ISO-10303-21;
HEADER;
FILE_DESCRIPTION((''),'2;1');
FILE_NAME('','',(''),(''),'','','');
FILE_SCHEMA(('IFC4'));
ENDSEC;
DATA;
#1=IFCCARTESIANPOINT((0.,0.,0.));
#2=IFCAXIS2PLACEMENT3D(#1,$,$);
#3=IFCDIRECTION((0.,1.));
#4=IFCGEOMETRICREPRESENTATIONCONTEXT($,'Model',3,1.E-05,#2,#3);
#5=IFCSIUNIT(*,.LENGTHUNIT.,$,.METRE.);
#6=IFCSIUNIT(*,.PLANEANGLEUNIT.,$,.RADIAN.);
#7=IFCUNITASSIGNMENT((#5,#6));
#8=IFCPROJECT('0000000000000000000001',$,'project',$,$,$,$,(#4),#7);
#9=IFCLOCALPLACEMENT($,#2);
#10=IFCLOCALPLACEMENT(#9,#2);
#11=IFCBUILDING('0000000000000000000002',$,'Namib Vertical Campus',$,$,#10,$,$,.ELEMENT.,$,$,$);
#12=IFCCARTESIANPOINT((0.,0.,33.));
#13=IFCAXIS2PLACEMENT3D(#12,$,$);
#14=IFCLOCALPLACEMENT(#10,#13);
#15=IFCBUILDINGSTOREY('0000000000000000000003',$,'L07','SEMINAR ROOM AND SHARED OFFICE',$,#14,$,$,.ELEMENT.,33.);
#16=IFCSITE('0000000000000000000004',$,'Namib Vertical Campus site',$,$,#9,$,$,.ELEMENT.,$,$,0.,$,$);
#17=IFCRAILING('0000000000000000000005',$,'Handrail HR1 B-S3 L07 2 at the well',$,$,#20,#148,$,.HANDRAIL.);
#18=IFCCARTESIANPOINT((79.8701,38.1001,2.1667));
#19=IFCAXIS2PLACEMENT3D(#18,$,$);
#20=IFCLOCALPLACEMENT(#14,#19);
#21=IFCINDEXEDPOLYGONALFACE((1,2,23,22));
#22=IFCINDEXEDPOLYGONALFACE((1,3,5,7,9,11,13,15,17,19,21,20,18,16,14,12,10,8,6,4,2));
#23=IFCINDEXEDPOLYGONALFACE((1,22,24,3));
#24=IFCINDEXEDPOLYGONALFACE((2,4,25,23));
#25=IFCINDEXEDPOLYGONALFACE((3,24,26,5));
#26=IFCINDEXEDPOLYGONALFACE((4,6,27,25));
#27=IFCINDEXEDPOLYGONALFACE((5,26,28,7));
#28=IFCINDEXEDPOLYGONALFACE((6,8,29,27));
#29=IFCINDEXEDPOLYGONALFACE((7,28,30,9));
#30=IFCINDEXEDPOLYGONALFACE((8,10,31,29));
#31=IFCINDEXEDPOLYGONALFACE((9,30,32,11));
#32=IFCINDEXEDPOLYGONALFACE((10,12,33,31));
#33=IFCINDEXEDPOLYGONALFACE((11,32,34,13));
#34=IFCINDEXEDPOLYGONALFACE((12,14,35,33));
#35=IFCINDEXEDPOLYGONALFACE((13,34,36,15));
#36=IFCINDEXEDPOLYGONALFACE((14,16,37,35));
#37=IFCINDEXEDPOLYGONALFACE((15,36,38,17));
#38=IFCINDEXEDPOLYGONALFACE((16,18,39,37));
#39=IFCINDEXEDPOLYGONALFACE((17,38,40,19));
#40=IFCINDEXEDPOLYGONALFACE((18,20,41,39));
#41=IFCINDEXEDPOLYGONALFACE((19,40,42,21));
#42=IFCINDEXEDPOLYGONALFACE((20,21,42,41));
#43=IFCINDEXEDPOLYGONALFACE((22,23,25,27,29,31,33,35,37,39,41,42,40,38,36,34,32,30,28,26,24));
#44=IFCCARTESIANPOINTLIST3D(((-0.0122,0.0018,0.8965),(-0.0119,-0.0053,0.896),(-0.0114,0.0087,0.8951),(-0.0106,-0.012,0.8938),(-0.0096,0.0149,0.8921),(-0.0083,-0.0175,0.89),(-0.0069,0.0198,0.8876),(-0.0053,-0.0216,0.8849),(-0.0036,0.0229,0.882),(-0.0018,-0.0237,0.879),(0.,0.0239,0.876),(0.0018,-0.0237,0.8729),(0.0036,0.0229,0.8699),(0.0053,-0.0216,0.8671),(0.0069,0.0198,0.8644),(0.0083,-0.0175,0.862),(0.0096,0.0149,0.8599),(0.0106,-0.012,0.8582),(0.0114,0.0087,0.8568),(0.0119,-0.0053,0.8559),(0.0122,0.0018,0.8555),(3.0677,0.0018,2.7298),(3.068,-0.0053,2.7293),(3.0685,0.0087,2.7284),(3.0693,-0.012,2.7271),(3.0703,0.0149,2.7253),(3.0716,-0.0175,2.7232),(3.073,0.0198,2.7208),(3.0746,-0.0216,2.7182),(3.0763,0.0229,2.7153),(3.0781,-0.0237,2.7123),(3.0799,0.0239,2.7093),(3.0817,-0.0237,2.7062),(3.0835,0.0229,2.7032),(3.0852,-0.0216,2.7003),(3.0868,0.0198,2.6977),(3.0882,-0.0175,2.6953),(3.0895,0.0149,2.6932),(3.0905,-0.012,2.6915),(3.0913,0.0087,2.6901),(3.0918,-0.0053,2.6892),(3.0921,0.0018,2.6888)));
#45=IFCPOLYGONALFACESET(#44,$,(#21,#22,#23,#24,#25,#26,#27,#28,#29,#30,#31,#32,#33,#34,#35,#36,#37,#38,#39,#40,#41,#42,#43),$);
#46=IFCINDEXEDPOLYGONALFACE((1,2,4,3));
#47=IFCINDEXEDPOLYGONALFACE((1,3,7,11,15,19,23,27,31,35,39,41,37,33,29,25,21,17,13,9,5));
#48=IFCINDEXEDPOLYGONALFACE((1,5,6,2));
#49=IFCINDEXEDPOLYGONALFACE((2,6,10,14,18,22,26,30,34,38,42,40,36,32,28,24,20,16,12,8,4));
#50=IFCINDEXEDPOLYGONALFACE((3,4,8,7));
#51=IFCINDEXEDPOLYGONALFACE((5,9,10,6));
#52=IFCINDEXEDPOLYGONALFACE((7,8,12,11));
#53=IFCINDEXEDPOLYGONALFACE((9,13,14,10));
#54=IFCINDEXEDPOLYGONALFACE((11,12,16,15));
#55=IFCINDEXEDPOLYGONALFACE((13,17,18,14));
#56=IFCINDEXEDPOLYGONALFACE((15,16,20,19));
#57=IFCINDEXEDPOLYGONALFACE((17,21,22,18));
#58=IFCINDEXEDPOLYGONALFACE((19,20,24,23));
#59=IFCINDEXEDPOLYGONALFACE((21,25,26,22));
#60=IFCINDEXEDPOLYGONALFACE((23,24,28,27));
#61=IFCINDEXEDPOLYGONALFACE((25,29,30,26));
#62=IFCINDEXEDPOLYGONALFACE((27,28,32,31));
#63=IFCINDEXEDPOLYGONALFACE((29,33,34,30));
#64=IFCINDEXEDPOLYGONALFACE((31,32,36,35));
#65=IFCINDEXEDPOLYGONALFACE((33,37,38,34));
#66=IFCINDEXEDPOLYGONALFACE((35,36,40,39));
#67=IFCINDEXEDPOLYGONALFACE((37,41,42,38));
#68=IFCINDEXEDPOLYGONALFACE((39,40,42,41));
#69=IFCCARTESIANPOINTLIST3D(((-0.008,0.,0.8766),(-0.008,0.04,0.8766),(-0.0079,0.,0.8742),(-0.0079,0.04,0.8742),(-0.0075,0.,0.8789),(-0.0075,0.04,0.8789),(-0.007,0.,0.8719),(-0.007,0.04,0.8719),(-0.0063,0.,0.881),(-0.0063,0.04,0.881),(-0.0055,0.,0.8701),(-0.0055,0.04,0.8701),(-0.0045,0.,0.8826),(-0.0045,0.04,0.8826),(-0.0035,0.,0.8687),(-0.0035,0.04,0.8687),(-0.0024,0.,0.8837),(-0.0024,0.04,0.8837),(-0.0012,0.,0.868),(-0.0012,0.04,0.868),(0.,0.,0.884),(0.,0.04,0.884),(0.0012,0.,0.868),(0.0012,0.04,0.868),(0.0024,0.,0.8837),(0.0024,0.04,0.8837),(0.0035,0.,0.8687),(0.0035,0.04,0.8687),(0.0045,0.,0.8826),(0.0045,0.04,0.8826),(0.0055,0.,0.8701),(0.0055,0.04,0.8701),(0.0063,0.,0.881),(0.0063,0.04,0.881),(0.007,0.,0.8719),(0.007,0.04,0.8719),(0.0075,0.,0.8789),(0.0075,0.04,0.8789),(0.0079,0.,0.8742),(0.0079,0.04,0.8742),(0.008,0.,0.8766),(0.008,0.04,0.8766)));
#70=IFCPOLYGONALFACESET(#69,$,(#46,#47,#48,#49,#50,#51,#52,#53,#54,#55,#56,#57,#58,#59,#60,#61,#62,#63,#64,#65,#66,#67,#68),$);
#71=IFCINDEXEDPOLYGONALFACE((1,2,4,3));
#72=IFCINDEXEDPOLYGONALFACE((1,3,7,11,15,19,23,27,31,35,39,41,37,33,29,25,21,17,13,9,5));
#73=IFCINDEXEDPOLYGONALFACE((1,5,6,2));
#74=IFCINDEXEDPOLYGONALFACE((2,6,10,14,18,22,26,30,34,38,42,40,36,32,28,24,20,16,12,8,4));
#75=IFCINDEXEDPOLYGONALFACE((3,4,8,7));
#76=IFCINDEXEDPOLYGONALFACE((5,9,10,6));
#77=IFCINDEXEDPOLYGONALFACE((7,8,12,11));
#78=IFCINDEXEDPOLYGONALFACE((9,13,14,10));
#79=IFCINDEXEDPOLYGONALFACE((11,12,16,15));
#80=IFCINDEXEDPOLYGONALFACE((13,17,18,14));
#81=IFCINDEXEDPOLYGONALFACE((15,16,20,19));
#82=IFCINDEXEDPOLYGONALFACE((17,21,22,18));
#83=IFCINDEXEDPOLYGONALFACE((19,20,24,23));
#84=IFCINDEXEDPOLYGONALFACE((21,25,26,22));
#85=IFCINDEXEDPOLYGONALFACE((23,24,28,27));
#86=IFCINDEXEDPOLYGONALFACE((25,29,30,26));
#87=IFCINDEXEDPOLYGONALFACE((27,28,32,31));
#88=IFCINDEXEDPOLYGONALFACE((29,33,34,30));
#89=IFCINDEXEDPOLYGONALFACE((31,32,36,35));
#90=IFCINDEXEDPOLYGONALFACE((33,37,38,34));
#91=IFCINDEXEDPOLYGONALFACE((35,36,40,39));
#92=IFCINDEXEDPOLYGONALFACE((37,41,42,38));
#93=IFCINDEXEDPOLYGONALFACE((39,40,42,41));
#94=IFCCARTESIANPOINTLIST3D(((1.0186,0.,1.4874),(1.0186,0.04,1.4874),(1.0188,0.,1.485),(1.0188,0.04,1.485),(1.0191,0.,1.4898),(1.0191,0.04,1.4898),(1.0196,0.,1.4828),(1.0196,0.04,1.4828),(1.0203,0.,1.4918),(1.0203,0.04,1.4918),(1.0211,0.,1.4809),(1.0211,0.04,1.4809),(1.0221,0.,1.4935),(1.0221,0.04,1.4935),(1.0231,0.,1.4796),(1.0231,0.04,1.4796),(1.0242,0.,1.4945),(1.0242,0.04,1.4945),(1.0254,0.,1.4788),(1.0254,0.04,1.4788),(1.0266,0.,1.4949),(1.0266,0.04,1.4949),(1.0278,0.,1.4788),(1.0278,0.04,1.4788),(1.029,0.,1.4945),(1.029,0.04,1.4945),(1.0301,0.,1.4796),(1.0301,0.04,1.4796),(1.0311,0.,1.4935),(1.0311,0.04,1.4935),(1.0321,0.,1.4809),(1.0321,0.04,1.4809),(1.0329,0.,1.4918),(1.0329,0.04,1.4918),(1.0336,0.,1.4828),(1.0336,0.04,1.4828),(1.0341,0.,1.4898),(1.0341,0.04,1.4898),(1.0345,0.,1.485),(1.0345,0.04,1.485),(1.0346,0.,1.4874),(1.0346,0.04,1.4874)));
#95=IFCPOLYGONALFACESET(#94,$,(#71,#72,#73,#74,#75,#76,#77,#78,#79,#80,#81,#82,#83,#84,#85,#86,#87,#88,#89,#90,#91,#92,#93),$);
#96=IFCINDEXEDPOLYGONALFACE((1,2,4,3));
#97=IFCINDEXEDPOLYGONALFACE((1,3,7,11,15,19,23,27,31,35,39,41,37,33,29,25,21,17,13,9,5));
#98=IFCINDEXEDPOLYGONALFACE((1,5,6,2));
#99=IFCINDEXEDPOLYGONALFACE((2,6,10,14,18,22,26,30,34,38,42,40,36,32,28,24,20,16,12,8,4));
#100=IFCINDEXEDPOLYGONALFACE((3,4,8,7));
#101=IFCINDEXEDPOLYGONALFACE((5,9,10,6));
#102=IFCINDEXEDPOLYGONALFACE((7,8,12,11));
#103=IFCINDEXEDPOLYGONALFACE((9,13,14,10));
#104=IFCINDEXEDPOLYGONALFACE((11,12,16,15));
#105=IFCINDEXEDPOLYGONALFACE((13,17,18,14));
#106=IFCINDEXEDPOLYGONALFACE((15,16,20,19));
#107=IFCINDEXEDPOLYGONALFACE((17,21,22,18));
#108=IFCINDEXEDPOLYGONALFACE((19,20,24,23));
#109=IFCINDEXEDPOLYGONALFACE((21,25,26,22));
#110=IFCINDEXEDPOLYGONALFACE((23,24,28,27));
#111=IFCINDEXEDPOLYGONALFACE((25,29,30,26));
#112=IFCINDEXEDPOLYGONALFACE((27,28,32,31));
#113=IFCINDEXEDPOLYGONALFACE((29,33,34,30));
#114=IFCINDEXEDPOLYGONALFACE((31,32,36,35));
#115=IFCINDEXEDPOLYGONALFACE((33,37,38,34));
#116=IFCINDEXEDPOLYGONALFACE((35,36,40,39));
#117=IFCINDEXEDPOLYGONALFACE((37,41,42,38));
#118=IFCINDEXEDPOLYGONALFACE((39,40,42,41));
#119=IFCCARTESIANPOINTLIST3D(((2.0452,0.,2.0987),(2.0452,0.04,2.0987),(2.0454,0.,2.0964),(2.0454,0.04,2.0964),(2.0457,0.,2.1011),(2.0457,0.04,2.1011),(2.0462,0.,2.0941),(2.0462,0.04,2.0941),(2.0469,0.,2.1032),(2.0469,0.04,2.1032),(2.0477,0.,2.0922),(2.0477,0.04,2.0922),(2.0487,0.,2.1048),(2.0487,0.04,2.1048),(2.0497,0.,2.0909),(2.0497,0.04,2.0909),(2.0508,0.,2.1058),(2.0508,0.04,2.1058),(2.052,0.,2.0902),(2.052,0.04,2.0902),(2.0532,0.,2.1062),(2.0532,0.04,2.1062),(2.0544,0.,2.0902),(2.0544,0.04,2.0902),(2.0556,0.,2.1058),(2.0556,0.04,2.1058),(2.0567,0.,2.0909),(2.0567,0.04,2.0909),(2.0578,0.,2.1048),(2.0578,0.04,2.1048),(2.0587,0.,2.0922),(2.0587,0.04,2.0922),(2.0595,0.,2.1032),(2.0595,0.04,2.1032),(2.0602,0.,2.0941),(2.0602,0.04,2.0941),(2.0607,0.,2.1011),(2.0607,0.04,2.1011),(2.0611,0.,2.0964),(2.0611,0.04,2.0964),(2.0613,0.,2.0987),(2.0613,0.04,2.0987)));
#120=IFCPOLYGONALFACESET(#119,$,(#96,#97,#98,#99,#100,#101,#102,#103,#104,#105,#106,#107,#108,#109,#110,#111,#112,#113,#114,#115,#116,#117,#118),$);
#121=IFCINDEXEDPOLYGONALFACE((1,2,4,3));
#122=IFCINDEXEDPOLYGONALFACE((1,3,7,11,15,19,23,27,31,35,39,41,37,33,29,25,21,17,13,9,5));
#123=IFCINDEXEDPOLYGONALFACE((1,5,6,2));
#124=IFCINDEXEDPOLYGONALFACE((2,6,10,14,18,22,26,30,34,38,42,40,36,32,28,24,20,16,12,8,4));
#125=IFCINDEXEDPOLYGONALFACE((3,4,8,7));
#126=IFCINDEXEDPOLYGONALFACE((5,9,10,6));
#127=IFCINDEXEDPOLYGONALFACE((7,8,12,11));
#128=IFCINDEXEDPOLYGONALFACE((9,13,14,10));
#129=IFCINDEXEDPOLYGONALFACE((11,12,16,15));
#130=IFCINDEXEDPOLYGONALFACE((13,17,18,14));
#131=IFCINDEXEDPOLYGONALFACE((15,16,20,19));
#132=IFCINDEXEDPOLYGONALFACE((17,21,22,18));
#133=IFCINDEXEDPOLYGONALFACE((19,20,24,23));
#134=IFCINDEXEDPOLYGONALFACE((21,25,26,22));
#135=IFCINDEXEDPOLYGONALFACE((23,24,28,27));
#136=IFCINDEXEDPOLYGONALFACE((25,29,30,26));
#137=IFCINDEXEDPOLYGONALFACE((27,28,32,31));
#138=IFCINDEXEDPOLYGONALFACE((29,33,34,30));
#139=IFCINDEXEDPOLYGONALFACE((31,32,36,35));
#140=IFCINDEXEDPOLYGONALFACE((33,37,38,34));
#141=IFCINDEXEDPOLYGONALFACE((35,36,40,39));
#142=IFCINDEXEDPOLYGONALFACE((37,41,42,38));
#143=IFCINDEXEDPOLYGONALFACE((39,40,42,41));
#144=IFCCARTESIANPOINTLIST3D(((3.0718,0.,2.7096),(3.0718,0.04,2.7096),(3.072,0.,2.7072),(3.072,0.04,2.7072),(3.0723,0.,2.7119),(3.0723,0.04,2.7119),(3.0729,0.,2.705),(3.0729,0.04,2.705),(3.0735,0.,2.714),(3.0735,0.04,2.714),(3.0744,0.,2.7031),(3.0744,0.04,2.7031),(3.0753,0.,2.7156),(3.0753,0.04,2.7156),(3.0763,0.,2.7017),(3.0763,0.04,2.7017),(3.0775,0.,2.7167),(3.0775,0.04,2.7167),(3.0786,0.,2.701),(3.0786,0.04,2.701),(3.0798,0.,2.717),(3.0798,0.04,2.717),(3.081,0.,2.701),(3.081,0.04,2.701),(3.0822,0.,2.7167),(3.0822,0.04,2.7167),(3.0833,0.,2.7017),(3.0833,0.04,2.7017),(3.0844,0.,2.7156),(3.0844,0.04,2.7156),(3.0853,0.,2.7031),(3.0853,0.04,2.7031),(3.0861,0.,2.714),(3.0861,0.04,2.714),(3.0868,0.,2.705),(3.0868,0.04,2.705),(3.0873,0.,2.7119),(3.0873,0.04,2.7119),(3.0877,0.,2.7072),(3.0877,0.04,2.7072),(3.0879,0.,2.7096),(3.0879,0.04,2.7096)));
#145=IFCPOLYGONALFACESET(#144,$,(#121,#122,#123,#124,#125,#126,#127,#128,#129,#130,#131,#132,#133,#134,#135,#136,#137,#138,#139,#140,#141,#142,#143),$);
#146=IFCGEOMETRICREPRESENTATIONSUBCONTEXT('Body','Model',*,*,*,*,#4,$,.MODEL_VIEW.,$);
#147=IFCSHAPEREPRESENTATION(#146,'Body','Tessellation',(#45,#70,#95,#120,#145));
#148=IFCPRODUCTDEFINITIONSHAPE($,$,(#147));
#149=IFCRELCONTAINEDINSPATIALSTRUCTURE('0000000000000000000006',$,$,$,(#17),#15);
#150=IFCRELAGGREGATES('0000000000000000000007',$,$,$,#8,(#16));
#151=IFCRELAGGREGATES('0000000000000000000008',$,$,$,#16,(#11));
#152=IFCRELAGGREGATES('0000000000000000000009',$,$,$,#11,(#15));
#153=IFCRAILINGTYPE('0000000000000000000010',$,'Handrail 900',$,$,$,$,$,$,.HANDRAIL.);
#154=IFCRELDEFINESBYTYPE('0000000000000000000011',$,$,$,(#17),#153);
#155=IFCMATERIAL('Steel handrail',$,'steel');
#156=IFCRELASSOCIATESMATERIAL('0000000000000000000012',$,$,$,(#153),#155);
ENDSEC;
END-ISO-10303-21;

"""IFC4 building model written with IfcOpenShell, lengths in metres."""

from ifc_helpers import new_model, si_unit, direction, frame, origin, origin_2d, place, context, subcontext, project, spatial, circle, extrude, material, type_object, element, save


model = new_model("IFC4")

# Units and contexts
model_context = context("Model", 3, precision=1e-05, world=origin(), true_north=direction((0.0, 1.0)))
body_context = subcontext(model_context, "Body", "Model", "MODEL_VIEW")
ifc_project = project(units=[si_unit("LENGTHUNIT", "METRE"), si_unit("PLANEANGLEUNIT", "RADIAN")], contexts=[model_context])

# Site, building, storey
site_placement = place(None, origin())
site = spatial("IfcSite", under=ifc_project, at=site_placement, Name="Namib Vertical Campus site", CompositionType="ELEMENT", RefElevation=0.0)
building_placement = place(site_placement, origin())
building = spatial("IfcBuilding", under=site, at=building_placement, Name="Namib Vertical Campus", CompositionType="ELEMENT")
storey_placement = place(building_placement, frame((0.0, 0.0, 33.0)))
storey = spatial("IfcBuildingStorey", under=building, at=storey_placement, Name="L07", Description="SEMINAR ROOM AND SHARED OFFICE", CompositionType="ELEMENT", Elevation=33.0)

# Railing
ifc_material_1 = material(Name="Steel handrail", Category="steel")
railing_type_1 = type_object("IfcRailingType", Name="Handrail 900", PredefinedType="HANDRAIL", material=ifc_material_1)
railing_1_placement = place(storey_placement, frame((79.8701, 38.1001, 2.1667)))
element("IfcRailing", 1, at=railing_1_placement, inside=storey, type_object=railing_type_1, Name="Handrail HR1 B-S3 L07 2 at the well", PredefinedType="HANDRAIL", context=body_context, shape_type="SweptSolid", body=[
    extrude(circle(Radius=0.0239, at=origin_2d()), frame((0.0, 0.0, 0.876), z_axis=(0.859291, 0.0, 0.511487), x_axis=(0.0, 1.0, 0.0)), (0.0, 0.0, 1.0), 3.5842),
    extrude(circle(Radius=0.0081, at=origin_2d()), frame((0.0, 0.0, 0.876), z_axis=(0.0, 1.0, 0.0), x_axis=(0.0, 0.0, 1.0)), (0.0, 0.0, 1.0), 0.04),
    extrude(circle(Radius=0.0081, at=origin_2d()), frame((1.0266, 0.0, 1.4868), z_axis=(0.0, 1.0, 0.0), x_axis=(0.0, 0.0, 1.0)), (0.0, 0.0, 1.0), 0.04),
    extrude(circle(Radius=0.0081, at=origin_2d()), frame((2.0532, 0.0, 2.0981), z_axis=(0.0, 1.0, 0.0), x_axis=(0.0, 0.0, 1.0)), (0.0, 0.0, 1.0), 0.04),
    extrude(circle(Radius=0.0081, at=origin_2d()), frame((3.0798, 0.0, 2.709), z_axis=(0.0, 1.0, 0.0), x_axis=(0.0, 0.0, 1.0)), (0.0, 0.0, 1.0), 0.04),
])

save(model, "model.ifc")
